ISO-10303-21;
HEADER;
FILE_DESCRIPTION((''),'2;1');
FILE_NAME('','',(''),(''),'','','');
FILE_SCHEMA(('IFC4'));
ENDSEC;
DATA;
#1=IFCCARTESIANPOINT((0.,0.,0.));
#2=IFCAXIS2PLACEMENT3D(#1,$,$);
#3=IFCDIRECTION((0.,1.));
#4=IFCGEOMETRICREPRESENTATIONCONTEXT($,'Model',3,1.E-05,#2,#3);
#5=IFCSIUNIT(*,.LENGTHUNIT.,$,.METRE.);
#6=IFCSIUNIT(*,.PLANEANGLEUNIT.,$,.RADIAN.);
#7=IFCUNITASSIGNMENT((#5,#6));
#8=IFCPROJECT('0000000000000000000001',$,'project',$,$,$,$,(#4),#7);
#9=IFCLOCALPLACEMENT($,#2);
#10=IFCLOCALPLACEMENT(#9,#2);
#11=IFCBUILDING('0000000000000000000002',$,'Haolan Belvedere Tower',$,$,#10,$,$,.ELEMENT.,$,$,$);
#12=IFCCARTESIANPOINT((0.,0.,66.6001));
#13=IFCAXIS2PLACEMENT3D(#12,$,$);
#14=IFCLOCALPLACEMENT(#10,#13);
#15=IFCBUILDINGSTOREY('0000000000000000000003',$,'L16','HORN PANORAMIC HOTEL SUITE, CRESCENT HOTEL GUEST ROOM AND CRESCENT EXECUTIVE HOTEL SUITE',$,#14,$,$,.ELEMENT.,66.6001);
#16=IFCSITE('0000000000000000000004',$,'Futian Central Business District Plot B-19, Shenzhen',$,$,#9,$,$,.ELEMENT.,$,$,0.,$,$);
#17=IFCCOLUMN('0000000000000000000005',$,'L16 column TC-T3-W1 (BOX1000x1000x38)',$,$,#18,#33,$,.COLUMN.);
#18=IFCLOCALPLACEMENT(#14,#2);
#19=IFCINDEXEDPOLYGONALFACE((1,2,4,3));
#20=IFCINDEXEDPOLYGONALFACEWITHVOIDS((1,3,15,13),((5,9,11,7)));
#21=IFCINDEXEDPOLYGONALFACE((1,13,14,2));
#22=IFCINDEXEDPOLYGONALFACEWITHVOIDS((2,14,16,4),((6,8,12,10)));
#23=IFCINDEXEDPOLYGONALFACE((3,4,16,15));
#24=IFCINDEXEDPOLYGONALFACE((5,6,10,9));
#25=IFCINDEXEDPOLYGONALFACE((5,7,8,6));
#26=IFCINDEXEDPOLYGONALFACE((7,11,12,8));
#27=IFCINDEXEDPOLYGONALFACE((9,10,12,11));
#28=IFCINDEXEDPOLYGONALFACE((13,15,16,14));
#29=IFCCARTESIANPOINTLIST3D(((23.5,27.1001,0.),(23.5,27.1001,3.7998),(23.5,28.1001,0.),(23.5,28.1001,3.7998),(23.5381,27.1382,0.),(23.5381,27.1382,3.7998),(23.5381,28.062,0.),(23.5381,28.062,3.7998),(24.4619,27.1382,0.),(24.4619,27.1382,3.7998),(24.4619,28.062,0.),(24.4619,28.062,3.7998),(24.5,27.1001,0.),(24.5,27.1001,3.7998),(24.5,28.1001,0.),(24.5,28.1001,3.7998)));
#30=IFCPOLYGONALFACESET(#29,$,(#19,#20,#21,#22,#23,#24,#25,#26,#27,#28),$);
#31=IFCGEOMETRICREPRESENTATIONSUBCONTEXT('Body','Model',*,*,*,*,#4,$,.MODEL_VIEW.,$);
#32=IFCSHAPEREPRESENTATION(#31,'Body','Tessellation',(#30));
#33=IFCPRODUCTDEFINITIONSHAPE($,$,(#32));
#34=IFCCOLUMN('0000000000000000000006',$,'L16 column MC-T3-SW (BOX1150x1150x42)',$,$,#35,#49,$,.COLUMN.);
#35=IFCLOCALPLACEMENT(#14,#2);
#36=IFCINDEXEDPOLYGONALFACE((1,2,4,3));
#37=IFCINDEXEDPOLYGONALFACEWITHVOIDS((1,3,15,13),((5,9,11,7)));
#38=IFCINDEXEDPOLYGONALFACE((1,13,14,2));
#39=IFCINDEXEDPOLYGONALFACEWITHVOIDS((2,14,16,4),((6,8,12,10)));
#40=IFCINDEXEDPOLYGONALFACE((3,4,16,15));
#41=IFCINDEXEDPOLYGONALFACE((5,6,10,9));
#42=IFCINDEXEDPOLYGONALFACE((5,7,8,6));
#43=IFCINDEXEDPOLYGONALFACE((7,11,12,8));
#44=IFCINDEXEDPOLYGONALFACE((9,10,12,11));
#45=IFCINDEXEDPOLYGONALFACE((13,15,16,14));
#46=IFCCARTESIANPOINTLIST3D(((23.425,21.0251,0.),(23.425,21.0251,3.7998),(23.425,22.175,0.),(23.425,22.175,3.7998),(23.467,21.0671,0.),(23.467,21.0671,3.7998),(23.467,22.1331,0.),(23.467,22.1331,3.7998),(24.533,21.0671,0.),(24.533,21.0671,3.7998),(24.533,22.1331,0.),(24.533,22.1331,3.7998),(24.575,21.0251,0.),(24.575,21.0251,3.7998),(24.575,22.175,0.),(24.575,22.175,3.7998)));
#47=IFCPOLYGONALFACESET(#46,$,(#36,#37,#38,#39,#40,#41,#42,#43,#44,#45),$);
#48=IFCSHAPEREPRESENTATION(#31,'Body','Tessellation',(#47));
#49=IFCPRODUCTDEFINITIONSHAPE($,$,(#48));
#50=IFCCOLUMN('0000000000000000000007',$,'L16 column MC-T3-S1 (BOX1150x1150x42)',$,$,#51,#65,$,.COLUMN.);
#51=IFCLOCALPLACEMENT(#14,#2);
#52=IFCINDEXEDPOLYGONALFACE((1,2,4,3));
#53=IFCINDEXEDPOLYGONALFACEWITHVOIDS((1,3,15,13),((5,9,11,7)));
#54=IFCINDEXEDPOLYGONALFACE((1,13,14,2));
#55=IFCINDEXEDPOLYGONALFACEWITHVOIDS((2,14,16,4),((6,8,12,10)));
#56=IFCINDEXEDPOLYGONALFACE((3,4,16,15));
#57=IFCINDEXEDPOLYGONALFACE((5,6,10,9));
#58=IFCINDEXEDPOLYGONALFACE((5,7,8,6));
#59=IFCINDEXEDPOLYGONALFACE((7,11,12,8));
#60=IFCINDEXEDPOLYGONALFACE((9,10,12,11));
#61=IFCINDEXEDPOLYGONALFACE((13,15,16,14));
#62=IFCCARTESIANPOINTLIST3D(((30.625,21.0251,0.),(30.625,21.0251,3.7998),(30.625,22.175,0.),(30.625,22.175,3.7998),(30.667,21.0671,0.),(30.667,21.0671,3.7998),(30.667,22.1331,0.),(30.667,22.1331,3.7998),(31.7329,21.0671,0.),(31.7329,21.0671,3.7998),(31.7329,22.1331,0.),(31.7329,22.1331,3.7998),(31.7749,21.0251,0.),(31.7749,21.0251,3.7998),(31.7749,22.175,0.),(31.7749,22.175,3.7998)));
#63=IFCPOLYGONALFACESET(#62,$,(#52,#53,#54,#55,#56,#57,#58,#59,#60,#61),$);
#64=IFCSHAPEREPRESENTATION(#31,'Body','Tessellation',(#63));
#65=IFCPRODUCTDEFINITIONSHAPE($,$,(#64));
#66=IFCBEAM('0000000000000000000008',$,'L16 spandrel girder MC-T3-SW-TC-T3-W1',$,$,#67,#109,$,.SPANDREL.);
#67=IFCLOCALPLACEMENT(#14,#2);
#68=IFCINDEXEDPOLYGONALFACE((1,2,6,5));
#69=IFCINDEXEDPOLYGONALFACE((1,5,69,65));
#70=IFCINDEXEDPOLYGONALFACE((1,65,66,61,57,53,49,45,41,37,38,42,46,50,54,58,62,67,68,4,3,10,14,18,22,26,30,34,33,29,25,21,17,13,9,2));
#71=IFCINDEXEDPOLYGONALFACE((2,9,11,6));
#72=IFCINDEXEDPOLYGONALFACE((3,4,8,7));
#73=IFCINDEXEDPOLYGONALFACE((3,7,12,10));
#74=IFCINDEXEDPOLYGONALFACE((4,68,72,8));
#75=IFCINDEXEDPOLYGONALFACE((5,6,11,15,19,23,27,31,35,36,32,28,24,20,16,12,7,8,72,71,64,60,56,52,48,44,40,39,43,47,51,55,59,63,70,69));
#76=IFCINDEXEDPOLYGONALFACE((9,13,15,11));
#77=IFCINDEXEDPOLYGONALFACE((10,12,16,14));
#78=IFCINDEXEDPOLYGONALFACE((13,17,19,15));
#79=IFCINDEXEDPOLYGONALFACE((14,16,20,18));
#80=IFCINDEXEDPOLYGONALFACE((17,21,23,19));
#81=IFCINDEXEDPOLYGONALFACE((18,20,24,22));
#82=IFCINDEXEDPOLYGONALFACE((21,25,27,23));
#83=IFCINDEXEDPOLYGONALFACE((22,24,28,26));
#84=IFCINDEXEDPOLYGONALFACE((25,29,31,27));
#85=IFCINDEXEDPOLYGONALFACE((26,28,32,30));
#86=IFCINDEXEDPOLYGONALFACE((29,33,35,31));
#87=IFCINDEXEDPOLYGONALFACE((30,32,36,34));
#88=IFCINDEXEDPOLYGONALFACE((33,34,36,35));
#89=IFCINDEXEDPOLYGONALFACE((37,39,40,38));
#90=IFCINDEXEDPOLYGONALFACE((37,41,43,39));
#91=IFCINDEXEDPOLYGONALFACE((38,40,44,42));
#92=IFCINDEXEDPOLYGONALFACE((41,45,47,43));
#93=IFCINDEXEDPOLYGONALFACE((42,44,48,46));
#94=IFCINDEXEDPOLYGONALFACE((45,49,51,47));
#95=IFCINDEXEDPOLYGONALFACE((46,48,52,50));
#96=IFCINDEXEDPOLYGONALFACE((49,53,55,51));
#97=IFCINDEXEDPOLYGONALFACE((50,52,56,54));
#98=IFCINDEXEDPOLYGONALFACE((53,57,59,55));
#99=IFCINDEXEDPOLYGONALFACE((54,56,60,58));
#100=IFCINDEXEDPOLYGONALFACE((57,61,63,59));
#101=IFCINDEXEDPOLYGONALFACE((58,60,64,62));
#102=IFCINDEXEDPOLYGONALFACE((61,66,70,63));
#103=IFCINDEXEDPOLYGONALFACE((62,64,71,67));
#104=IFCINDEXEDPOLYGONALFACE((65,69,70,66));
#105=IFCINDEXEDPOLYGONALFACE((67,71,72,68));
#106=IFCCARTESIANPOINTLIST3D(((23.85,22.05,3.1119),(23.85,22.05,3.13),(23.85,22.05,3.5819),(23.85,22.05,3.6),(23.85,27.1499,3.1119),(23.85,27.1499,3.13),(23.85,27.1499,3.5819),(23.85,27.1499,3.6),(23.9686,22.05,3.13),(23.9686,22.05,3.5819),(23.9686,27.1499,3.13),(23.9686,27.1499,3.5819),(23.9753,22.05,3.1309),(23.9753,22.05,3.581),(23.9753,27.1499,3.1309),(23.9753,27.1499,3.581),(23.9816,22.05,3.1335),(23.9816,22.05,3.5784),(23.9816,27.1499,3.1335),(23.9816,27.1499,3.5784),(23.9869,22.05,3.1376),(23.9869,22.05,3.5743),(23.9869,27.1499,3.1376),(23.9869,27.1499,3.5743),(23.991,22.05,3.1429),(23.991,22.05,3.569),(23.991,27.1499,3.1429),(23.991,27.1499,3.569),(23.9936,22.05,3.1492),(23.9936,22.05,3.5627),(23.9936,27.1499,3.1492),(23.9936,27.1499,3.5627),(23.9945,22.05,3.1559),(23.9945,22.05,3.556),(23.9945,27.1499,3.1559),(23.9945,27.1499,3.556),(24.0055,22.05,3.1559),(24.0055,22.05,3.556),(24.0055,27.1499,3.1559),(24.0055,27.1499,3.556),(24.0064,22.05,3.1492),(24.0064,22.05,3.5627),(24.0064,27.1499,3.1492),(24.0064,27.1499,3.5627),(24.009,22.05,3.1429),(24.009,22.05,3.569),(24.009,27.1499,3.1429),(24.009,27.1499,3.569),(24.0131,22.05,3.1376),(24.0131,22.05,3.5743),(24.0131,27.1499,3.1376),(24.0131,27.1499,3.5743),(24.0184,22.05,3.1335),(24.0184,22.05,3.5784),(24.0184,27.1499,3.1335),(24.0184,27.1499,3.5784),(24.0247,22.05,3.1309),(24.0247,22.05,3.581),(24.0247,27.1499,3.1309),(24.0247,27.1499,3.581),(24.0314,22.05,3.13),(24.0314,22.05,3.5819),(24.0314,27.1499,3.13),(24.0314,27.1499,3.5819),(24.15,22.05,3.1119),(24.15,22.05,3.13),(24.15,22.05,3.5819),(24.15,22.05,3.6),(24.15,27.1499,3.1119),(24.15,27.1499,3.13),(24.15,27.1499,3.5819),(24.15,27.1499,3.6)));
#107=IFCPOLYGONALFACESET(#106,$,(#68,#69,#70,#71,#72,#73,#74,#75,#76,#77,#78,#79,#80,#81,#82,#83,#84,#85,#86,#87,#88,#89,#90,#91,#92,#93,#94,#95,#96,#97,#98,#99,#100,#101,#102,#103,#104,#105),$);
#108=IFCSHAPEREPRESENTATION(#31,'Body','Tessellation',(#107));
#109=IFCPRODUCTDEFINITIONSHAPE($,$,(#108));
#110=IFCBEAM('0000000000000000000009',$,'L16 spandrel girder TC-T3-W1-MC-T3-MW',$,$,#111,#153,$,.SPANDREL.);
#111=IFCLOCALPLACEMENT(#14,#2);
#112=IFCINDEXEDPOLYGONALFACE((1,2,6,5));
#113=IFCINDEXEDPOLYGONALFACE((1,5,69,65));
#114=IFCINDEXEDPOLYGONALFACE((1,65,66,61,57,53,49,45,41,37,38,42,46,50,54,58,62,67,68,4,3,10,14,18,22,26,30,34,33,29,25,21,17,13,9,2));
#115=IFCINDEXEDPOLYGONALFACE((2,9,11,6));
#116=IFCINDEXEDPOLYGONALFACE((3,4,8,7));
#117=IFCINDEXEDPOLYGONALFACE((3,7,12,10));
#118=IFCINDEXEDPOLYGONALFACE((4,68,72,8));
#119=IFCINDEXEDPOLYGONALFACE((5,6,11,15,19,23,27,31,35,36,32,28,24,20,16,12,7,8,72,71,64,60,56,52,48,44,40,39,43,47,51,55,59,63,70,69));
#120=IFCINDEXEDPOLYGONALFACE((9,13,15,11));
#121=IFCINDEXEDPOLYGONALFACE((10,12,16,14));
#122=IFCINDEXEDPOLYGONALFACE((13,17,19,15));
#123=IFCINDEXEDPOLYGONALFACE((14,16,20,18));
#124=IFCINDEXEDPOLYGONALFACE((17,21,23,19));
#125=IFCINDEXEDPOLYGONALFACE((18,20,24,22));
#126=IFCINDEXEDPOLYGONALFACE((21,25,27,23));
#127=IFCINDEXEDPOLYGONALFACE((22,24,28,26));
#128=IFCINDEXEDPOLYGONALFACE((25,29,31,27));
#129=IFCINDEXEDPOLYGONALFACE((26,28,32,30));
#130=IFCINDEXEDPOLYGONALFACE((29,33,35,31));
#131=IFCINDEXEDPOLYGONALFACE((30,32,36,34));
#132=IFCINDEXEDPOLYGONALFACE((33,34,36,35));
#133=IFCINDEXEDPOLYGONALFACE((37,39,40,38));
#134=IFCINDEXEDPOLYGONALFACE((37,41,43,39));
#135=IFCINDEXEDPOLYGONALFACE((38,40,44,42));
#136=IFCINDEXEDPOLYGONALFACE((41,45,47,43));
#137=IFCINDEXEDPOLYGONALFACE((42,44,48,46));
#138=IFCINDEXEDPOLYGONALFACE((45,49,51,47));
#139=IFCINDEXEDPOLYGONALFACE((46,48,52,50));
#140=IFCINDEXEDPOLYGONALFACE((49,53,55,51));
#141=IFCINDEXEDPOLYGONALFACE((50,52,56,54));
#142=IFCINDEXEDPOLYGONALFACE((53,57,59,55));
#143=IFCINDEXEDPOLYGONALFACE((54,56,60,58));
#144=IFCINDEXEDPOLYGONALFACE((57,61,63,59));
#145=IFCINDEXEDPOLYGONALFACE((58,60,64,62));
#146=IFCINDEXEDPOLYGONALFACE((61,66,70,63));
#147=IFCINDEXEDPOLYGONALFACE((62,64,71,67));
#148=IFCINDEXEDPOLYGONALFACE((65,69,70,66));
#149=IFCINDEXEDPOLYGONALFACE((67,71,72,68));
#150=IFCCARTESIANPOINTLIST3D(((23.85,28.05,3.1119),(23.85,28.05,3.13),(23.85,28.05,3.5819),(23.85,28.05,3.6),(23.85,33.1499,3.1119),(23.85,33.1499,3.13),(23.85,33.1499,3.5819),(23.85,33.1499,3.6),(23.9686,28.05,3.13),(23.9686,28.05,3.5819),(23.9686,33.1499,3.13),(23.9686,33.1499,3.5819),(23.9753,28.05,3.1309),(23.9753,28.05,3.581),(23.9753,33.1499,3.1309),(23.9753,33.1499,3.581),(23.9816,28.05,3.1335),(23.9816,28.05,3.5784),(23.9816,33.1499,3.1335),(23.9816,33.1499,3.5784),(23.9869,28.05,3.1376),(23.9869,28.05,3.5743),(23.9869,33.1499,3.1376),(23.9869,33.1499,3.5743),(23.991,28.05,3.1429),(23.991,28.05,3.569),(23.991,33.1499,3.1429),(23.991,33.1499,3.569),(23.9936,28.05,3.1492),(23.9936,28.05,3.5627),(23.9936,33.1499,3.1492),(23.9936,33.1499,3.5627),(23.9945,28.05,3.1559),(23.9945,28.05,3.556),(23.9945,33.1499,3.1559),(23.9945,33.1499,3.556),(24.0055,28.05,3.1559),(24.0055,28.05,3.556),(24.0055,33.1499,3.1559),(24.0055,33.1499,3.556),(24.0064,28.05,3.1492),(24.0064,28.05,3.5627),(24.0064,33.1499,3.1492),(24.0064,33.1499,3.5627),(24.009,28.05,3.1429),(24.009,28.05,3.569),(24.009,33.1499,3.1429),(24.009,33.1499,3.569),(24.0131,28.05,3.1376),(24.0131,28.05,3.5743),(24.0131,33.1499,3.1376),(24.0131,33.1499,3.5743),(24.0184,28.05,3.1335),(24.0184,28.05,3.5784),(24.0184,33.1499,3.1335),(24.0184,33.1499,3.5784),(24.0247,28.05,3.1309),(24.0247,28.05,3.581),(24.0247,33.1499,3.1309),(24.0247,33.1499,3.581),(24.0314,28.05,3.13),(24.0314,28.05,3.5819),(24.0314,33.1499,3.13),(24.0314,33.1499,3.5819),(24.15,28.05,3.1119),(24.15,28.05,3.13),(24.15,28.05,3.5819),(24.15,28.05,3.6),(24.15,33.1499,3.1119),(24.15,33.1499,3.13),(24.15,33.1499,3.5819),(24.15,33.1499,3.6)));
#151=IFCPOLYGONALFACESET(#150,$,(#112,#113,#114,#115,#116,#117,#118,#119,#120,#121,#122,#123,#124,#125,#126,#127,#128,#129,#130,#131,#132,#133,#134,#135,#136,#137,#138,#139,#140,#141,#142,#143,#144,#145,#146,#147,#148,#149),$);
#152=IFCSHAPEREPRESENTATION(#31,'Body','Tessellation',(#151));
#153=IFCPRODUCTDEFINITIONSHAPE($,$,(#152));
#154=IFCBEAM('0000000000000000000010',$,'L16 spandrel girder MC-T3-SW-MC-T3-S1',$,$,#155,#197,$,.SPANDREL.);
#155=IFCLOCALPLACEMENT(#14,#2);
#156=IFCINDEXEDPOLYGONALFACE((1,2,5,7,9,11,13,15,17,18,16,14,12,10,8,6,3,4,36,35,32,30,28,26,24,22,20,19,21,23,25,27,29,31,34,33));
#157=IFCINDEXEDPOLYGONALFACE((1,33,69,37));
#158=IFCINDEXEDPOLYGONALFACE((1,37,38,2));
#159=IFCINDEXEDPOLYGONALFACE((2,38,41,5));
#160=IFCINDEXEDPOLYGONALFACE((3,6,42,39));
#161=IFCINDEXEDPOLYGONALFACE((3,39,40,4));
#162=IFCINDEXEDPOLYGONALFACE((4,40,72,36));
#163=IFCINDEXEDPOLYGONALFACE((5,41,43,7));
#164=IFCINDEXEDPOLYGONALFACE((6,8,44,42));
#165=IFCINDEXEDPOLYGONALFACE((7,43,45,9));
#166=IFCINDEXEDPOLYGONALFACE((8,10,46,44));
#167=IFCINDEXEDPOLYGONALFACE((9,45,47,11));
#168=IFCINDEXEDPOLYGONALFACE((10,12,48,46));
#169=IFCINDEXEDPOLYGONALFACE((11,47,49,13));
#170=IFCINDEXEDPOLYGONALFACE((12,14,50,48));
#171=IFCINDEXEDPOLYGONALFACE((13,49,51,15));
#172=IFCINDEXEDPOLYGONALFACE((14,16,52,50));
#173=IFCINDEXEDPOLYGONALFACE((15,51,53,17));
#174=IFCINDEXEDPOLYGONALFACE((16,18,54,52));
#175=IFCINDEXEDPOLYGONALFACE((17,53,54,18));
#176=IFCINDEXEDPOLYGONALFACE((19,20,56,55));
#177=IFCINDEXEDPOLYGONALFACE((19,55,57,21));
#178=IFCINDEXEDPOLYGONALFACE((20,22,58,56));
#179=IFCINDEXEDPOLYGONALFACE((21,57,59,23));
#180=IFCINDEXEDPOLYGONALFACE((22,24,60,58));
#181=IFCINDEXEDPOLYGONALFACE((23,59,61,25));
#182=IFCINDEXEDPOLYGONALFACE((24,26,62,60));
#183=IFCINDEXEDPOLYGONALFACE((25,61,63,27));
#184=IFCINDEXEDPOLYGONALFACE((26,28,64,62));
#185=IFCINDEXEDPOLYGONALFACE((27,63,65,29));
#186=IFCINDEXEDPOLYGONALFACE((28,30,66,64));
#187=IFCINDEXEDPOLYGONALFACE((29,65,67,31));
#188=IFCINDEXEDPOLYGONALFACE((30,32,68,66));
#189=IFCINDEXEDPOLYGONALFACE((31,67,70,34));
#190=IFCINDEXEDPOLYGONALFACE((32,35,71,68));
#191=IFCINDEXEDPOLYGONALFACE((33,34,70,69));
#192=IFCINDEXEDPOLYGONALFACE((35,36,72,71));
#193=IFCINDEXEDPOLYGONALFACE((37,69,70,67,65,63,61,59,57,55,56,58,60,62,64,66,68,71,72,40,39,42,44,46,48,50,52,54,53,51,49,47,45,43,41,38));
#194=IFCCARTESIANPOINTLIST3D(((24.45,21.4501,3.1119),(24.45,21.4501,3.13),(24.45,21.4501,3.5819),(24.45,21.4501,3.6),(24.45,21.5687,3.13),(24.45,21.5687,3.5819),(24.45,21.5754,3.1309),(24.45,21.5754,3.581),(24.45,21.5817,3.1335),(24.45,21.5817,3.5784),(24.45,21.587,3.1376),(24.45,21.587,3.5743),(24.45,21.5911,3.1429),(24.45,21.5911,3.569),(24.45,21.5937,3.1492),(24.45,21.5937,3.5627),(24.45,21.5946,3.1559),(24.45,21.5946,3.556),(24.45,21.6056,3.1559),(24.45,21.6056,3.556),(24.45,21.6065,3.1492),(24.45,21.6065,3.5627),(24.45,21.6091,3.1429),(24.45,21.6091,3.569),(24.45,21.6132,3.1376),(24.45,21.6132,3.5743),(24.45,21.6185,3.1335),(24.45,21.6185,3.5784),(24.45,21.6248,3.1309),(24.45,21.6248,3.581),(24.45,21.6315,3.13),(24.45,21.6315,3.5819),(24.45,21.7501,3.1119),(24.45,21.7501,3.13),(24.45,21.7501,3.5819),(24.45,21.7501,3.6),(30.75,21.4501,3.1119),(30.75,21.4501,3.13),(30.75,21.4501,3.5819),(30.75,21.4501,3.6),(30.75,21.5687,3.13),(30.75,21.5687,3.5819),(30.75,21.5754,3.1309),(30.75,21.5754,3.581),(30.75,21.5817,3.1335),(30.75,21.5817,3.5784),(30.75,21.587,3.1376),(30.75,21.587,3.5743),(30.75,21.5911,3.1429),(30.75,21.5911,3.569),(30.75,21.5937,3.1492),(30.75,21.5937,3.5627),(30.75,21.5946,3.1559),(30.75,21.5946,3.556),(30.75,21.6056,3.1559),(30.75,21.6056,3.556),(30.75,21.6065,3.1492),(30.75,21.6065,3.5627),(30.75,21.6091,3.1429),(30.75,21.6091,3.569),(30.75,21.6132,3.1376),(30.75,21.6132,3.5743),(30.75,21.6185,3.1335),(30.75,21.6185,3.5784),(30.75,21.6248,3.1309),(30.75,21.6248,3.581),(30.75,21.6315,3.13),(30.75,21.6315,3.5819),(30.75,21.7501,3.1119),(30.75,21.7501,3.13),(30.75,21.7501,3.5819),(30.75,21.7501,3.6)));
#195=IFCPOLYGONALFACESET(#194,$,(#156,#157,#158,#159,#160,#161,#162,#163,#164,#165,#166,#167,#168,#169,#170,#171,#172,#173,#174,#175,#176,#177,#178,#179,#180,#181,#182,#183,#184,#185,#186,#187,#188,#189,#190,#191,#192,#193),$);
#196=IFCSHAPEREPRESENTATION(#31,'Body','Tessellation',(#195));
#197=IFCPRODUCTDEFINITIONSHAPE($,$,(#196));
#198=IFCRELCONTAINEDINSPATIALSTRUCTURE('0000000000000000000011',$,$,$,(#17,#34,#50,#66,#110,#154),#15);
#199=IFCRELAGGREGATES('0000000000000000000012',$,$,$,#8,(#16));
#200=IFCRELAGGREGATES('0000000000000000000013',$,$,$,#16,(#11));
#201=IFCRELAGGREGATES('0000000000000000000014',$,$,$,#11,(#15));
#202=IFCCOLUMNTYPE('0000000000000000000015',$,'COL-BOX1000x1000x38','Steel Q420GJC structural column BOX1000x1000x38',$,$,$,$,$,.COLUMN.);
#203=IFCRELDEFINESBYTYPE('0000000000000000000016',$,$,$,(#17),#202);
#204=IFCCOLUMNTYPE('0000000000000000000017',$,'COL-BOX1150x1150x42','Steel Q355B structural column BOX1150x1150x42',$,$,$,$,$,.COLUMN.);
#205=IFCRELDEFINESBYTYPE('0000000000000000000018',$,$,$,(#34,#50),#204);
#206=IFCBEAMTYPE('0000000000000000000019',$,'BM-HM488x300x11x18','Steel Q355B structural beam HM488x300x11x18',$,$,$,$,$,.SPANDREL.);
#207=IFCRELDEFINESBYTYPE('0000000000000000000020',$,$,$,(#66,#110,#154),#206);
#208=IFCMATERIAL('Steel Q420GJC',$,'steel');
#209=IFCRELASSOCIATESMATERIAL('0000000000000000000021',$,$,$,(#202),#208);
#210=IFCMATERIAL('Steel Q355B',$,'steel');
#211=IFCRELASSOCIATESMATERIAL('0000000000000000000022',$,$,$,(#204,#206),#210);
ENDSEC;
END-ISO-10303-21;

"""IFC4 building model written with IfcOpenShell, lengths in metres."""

from ifc_helpers import new_model, si_unit, direction, frame, origin, origin_2d, place, context, subcontext, project, spatial, hollow_rectangle, i_section, extrude, material, material_profile, profile_set, type_object, element, save


model = new_model("IFC4")

# Units and contexts
model_context = context("Model", 3, precision=1e-05, world=origin(), true_north=direction((0.0, 1.0)))
body_context = subcontext(model_context, "Body", "Model", "MODEL_VIEW")
ifc_project = project(units=[si_unit("LENGTHUNIT", "METRE"), si_unit("PLANEANGLEUNIT", "RADIAN")], contexts=[model_context])

# Site, building, storey
site_placement = place(None, origin())
site = spatial("IfcSite", under=ifc_project, at=site_placement, Name="Futian Central Business District Plot B-19, Shenzhen", CompositionType="ELEMENT", RefElevation=0.0)
building_placement = place(site_placement, origin())
building = spatial("IfcBuilding", under=site, at=building_placement, Name="Haolan Belvedere Tower", CompositionType="ELEMENT")
storey_placement = place(building_placement, frame((0.0, 0.0, 66.6001)))
storey = spatial("IfcBuildingStorey", under=building, at=storey_placement, Name="L16", Description="HORN PANORAMIC HOTEL SUITE, CRESCENT HOTEL GUEST ROOM AND CRESCENT EXECUTIVE HOTEL SUITE", CompositionType="ELEMENT", Elevation=66.6001)

# Columns
ifc_material_1 = material(Name="Steel Q420GJC", Category="steel")
ifc_material_profile_1 = material_profile(ifc_material_1, hollow_rectangle(XDim=1.0, YDim=1.0, WallThickness=0.0381, at=origin_2d()), Name="Steel Q420GJC")
ifc_profile_set_1 = profile_set([ifc_material_profile_1], Name="Steel Q420GJC")
column_type_1 = type_object("IfcColumnType", Name="COL-BOX1000x1000x38", Description="Steel Q420GJC structural column BOX1000x1000x38", PredefinedType="COLUMN", material=ifc_profile_set_1)
column_placement = place(storey_placement, frame((24.0, 27.6001, 0.0), z_axis=(0.0, 0.0, 1.0), x_axis=(1.0, 0.0, 0.0)))
element("IfcColumn", 1, at=column_placement, inside=storey, type_object=column_type_1, Name="L16 column TC-T3-W1 (BOX1000x1000x38)", PredefinedType="COLUMN", context=body_context, shape_type="SweptSolid", body=[
    extrude(hollow_rectangle(XDim=1.0, YDim=1.0, WallThickness=0.0381, at=origin_2d()), origin(), (0.0, 0.0, 1.0), 3.7998),
])
ifc_material_2 = material(Name="Steel Q355B", Category="steel")
ifc_material_profile_2 = material_profile(ifc_material_2, hollow_rectangle(XDim=1.1499, YDim=1.1499, WallThickness=0.042, at=origin_2d()), Name="Steel Q355B")
ifc_profile_set_2 = profile_set([ifc_material_profile_2], Name="Steel Q355B")
column_type_2 = type_object("IfcColumnType", Name="COL-BOX1150x1150x42", Description="Steel Q355B structural column BOX1150x1150x42", PredefinedType="COLUMN", material=ifc_profile_set_2)
for number, where, z_axis, x_axis, name in (
    (2, (24.0, 21.6001, 0.0), (0.0, 0.0, 1.0), (1.0, 0.0, 0.0), "L16 column MC-T3-SW (BOX1150x1150x42)"),
    (3, (31.2, 21.6001, 0.0), (0.0, 0.0, 1.0), (1.0, 0.0, 0.0), "L16 column MC-T3-S1 (BOX1150x1150x42)"),
):
    element("IfcColumn", number, at=place(storey_placement, frame(where, z_axis=z_axis, x_axis=x_axis)), inside=storey, type_object=column_type_2, Name=name, PredefinedType="COLUMN", context=body_context, shape_type="SweptSolid", body=[
        extrude(hollow_rectangle(XDim=1.1499, YDim=1.1499, WallThickness=0.042, at=origin_2d()), origin(), (0.0, 0.0, 1.0), 3.7998),
    ])

# Beams
ifc_material_profile_3 = material_profile(ifc_material_2, i_section(OverallWidth=0.3, OverallDepth=0.488, WebThickness=0.011, FlangeThickness=0.0181, FilletRadius=0.0259, at=origin_2d()), Name="Steel Q355B")
ifc_profile_set_3 = profile_set([ifc_material_profile_3], Name="Steel Q355B")
beam_type_1 = type_object("IfcBeamType", Name="BM-HM488x300x11x18", Description="Steel Q355B structural beam HM488x300x11x18", PredefinedType="SPANDREL", material=ifc_profile_set_3)
for number, where, z_axis, x_axis, name in (
    (4, (24.0, 22.05, 3.356), (0.0, 1.0, 0.0), (-1.0, 0.0, 0.0), "L16 spandrel girder MC-T3-SW-TC-T3-W1"),
    (5, (24.0, 28.05, 3.356), (0.0, 1.0, 0.0), (-1.0, 0.0, 0.0), "L16 spandrel girder TC-T3-W1-MC-T3-MW"),
):
    element("IfcBeam", number, at=place(storey_placement, frame(where, z_axis=z_axis, x_axis=x_axis)), inside=storey, type_object=beam_type_1, Name=name, PredefinedType="SPANDREL", context=body_context, shape_type="SweptSolid", body=[
        extrude(i_section(OverallWidth=0.3, OverallDepth=0.488, WebThickness=0.011, FlangeThickness=0.0181, FilletRadius=0.0259, at=origin_2d()), origin(), (0.0, 0.0, 1.0), 5.0999),
    ])
for number, where, z_axis, x_axis, name in (
    (6, (24.45, 21.6001, 3.356), (1.0, 0.0, 0.0), (0.0, 1.0, 0.0), "L16 spandrel girder MC-T3-SW-MC-T3-S1"),
):
    element("IfcBeam", number, at=place(storey_placement, frame(where, z_axis=z_axis, x_axis=x_axis)), inside=storey, type_object=beam_type_1, Name=name, PredefinedType="SPANDREL", context=body_context, shape_type="SweptSolid", body=[
        extrude(i_section(OverallWidth=0.3, OverallDepth=0.488, WebThickness=0.011, FlangeThickness=0.0181, FilletRadius=0.0259, at=origin_2d()), origin(), (0.0, 0.0, 1.0), 6.3),
    ])

save(model, "model.ifc")
